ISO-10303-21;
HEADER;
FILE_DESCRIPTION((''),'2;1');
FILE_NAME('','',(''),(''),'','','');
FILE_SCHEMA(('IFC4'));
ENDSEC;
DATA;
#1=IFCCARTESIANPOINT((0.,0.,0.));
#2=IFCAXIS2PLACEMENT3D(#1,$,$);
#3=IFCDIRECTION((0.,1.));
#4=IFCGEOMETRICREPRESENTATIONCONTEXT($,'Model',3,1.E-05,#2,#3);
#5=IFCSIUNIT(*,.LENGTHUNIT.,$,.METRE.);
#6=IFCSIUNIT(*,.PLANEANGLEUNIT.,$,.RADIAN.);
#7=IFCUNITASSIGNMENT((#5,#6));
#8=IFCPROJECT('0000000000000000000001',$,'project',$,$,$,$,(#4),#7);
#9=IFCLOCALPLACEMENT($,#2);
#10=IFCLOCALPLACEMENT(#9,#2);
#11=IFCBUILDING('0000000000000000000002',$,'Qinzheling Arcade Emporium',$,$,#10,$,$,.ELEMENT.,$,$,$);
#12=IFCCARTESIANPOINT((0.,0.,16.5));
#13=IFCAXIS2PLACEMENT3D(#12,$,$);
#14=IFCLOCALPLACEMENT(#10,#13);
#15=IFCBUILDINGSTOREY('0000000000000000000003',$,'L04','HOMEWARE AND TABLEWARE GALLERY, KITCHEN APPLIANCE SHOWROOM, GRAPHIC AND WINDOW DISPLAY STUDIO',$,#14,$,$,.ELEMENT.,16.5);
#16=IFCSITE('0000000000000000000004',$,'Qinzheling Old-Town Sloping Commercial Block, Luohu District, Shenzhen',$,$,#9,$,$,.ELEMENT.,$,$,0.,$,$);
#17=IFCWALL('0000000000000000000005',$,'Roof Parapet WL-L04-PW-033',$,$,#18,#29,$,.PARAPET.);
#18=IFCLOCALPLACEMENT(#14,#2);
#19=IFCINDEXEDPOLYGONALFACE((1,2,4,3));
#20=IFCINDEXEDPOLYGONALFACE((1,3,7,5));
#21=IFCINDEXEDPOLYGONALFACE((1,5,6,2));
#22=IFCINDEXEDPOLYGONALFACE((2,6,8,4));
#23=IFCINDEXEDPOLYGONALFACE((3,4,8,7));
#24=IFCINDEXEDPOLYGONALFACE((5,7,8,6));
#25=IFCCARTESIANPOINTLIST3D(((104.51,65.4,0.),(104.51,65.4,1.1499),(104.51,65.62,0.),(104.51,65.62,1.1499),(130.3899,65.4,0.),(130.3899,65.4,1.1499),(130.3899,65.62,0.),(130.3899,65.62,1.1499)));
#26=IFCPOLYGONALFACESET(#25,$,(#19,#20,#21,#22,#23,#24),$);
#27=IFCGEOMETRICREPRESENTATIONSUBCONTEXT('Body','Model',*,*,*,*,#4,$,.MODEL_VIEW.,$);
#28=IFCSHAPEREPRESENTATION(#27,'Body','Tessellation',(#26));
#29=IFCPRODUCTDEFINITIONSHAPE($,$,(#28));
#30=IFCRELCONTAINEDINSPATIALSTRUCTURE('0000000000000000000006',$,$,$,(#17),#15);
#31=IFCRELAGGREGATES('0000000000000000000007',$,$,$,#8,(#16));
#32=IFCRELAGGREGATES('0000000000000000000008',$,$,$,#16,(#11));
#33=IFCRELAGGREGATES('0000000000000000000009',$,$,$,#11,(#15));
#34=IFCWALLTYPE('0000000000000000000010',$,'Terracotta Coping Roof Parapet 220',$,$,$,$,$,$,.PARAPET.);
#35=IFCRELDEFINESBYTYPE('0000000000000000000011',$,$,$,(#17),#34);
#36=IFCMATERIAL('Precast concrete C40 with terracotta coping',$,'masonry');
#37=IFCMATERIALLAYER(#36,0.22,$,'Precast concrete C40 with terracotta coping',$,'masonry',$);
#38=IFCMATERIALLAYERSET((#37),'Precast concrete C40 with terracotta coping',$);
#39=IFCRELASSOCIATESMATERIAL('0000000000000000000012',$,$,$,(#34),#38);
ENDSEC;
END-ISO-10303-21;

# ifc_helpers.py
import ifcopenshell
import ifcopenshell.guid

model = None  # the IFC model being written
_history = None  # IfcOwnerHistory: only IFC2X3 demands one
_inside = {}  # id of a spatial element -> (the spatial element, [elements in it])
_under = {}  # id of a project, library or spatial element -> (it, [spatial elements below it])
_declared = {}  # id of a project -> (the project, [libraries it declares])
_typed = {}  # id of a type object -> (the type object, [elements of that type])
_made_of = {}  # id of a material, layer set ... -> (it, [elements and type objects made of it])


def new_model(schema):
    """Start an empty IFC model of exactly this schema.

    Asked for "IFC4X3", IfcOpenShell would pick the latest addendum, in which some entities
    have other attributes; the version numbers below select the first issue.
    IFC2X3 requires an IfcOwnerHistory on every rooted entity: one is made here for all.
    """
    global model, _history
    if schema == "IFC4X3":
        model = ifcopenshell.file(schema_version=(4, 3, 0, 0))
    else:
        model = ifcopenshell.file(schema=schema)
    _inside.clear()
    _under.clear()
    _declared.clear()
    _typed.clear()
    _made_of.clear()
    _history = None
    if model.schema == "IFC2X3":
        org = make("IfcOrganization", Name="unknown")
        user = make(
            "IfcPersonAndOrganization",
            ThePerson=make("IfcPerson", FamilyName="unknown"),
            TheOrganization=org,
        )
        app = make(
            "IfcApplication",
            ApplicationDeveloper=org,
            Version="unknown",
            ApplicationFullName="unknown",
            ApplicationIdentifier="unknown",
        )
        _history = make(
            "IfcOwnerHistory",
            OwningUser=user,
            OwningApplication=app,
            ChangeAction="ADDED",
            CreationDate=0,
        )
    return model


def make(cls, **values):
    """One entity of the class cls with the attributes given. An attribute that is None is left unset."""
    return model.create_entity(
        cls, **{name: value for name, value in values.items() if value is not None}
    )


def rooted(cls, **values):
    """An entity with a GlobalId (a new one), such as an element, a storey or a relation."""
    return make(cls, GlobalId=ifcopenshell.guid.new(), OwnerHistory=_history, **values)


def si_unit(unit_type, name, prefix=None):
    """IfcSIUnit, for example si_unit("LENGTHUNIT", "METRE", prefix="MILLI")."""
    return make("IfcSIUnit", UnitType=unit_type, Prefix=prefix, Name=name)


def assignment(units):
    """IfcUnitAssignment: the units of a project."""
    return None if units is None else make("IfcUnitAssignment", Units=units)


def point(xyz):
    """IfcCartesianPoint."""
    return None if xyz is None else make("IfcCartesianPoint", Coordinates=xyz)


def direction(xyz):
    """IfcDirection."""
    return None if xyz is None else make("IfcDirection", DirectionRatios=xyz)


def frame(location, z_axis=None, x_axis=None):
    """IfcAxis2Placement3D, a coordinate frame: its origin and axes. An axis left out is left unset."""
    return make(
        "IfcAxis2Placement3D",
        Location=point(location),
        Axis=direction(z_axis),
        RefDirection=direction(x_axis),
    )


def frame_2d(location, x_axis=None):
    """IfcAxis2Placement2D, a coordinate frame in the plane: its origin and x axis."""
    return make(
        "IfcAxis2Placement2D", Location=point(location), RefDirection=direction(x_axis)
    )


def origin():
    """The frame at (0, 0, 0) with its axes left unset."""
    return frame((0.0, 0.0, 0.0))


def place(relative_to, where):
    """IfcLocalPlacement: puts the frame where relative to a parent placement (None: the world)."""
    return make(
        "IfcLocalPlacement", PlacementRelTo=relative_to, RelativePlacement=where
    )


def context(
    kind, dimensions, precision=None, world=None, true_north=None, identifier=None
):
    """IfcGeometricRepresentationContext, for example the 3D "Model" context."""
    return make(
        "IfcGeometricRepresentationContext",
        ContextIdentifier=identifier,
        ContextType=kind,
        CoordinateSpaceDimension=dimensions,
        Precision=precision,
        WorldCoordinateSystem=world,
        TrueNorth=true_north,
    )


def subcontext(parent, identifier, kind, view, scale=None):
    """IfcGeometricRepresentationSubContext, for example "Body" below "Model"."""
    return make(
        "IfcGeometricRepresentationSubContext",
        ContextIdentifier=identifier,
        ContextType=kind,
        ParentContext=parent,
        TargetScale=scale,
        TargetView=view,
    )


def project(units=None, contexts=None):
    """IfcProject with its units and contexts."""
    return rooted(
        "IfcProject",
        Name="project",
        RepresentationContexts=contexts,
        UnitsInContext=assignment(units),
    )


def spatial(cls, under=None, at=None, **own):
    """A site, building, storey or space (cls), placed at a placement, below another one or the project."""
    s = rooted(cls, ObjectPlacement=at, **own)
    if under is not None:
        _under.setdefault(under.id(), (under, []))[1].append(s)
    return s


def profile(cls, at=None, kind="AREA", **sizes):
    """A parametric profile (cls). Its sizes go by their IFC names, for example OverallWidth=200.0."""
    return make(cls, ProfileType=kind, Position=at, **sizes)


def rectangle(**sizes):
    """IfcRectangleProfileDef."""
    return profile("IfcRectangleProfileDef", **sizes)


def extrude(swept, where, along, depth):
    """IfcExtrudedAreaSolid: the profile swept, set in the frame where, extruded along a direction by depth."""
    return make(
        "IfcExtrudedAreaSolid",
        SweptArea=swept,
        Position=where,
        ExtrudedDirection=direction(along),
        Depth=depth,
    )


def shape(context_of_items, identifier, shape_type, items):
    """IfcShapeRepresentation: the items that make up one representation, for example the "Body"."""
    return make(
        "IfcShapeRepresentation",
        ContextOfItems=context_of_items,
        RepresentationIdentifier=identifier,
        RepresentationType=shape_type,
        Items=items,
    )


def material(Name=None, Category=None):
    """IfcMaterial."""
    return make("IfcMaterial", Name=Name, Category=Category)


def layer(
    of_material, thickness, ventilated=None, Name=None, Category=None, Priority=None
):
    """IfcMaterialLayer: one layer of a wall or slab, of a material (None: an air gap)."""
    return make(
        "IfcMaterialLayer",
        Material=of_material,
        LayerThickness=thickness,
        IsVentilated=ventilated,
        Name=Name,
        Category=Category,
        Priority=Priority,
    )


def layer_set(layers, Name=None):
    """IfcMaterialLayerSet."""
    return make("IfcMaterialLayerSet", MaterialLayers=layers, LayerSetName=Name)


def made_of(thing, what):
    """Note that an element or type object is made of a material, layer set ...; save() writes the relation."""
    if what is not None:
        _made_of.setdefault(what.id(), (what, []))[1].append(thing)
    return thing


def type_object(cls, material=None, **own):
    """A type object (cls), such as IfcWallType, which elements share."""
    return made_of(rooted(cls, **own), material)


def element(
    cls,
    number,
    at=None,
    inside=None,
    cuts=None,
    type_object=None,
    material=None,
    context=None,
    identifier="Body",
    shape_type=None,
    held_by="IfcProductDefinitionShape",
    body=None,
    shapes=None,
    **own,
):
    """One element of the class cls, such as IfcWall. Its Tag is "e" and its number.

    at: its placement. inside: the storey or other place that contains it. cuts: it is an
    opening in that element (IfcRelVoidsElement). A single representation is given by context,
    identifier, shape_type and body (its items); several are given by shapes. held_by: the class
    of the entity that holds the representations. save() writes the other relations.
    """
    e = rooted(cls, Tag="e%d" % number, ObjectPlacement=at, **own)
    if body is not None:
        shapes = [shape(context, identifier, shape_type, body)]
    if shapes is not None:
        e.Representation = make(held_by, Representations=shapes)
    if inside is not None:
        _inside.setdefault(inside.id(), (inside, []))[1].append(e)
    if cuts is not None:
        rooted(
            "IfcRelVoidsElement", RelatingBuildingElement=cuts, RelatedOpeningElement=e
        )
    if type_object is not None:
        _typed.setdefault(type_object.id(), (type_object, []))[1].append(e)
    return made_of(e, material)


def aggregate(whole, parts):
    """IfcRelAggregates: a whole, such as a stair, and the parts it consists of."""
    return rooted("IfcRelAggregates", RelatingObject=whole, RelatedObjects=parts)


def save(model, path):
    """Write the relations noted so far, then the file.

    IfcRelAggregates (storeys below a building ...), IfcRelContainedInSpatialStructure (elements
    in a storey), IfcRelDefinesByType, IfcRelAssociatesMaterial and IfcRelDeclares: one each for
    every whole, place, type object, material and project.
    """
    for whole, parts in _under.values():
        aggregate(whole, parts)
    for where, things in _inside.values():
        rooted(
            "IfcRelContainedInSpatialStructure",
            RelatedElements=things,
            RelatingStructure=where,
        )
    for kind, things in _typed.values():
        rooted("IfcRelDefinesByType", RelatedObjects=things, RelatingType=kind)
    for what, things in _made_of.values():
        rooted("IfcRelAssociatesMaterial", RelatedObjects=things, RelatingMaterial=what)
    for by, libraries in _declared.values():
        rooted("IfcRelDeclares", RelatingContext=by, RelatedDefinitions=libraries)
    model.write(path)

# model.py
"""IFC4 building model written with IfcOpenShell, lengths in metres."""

from ifc_helpers import new_model, si_unit, direction, frame, frame_2d, origin, place, context, subcontext, project, spatial, rectangle, extrude, material, layer, layer_set, type_object, element, save


model = new_model("IFC4")

# Units and contexts
model_context = context("Model", 3, precision=1e-05, world=origin(), true_north=direction((0.0, 1.0)))
body_context = subcontext(model_context, "Body", "Model", "MODEL_VIEW")
ifc_project = project(units=[si_unit("LENGTHUNIT", "METRE"), si_unit("PLANEANGLEUNIT", "RADIAN")], contexts=[model_context])

# Site, building, storey
site_placement = place(None, origin())
site = spatial("IfcSite", under=ifc_project, at=site_placement, Name="Qinzheling Old-Town Sloping Commercial Block, Luohu District, Shenzhen", CompositionType="ELEMENT", RefElevation=0.0)
building_placement = place(site_placement, origin())
building = spatial("IfcBuilding", under=site, at=building_placement, Name="Qinzheling Arcade Emporium", CompositionType="ELEMENT")
storey_placement = place(building_placement, frame((0.0, 0.0, 16.5)))
storey = spatial("IfcBuildingStorey", under=building, at=storey_placement, Name="L04", Description="HOMEWARE AND TABLEWARE GALLERY, KITCHEN APPLIANCE SHOWROOM, GRAPHIC AND WINDOW DISPLAY STUDIO", CompositionType="ELEMENT", Elevation=16.5)

# Wall
ifc_material_1 = material(Name="Precast concrete C40 with terracotta coping", Category="masonry")
ifc_layer_1 = layer(ifc_material_1, 0.22, Name="Precast concrete C40 with terracotta coping", Category="masonry")
ifc_layer_set_1 = layer_set([ifc_layer_1], Name="Precast concrete C40 with terracotta coping")
wall_type = type_object("IfcWallType", Name="Terracotta Coping Roof Parapet 220", PredefinedType="PARAPET", material=ifc_layer_set_1)
wall_1_placement = place(storey_placement, frame((130.3899, 65.51, 0.0), z_axis=(0.0, 0.0, 1.0), x_axis=(-1.0, 0.0, 0.0)))
element("IfcWall", 1, at=wall_1_placement, inside=storey, type_object=wall_type, Name="Roof Parapet WL-L04-PW-033", PredefinedType="PARAPET", context=body_context, shape_type="SweptSolid", body=[
    extrude(rectangle(XDim=25.8799, YDim=0.22, at=frame_2d((12.9399, 0.0))), origin(), (0.0, 0.0, 1.0), 1.1499),
])

save(model, "model.ifc")
